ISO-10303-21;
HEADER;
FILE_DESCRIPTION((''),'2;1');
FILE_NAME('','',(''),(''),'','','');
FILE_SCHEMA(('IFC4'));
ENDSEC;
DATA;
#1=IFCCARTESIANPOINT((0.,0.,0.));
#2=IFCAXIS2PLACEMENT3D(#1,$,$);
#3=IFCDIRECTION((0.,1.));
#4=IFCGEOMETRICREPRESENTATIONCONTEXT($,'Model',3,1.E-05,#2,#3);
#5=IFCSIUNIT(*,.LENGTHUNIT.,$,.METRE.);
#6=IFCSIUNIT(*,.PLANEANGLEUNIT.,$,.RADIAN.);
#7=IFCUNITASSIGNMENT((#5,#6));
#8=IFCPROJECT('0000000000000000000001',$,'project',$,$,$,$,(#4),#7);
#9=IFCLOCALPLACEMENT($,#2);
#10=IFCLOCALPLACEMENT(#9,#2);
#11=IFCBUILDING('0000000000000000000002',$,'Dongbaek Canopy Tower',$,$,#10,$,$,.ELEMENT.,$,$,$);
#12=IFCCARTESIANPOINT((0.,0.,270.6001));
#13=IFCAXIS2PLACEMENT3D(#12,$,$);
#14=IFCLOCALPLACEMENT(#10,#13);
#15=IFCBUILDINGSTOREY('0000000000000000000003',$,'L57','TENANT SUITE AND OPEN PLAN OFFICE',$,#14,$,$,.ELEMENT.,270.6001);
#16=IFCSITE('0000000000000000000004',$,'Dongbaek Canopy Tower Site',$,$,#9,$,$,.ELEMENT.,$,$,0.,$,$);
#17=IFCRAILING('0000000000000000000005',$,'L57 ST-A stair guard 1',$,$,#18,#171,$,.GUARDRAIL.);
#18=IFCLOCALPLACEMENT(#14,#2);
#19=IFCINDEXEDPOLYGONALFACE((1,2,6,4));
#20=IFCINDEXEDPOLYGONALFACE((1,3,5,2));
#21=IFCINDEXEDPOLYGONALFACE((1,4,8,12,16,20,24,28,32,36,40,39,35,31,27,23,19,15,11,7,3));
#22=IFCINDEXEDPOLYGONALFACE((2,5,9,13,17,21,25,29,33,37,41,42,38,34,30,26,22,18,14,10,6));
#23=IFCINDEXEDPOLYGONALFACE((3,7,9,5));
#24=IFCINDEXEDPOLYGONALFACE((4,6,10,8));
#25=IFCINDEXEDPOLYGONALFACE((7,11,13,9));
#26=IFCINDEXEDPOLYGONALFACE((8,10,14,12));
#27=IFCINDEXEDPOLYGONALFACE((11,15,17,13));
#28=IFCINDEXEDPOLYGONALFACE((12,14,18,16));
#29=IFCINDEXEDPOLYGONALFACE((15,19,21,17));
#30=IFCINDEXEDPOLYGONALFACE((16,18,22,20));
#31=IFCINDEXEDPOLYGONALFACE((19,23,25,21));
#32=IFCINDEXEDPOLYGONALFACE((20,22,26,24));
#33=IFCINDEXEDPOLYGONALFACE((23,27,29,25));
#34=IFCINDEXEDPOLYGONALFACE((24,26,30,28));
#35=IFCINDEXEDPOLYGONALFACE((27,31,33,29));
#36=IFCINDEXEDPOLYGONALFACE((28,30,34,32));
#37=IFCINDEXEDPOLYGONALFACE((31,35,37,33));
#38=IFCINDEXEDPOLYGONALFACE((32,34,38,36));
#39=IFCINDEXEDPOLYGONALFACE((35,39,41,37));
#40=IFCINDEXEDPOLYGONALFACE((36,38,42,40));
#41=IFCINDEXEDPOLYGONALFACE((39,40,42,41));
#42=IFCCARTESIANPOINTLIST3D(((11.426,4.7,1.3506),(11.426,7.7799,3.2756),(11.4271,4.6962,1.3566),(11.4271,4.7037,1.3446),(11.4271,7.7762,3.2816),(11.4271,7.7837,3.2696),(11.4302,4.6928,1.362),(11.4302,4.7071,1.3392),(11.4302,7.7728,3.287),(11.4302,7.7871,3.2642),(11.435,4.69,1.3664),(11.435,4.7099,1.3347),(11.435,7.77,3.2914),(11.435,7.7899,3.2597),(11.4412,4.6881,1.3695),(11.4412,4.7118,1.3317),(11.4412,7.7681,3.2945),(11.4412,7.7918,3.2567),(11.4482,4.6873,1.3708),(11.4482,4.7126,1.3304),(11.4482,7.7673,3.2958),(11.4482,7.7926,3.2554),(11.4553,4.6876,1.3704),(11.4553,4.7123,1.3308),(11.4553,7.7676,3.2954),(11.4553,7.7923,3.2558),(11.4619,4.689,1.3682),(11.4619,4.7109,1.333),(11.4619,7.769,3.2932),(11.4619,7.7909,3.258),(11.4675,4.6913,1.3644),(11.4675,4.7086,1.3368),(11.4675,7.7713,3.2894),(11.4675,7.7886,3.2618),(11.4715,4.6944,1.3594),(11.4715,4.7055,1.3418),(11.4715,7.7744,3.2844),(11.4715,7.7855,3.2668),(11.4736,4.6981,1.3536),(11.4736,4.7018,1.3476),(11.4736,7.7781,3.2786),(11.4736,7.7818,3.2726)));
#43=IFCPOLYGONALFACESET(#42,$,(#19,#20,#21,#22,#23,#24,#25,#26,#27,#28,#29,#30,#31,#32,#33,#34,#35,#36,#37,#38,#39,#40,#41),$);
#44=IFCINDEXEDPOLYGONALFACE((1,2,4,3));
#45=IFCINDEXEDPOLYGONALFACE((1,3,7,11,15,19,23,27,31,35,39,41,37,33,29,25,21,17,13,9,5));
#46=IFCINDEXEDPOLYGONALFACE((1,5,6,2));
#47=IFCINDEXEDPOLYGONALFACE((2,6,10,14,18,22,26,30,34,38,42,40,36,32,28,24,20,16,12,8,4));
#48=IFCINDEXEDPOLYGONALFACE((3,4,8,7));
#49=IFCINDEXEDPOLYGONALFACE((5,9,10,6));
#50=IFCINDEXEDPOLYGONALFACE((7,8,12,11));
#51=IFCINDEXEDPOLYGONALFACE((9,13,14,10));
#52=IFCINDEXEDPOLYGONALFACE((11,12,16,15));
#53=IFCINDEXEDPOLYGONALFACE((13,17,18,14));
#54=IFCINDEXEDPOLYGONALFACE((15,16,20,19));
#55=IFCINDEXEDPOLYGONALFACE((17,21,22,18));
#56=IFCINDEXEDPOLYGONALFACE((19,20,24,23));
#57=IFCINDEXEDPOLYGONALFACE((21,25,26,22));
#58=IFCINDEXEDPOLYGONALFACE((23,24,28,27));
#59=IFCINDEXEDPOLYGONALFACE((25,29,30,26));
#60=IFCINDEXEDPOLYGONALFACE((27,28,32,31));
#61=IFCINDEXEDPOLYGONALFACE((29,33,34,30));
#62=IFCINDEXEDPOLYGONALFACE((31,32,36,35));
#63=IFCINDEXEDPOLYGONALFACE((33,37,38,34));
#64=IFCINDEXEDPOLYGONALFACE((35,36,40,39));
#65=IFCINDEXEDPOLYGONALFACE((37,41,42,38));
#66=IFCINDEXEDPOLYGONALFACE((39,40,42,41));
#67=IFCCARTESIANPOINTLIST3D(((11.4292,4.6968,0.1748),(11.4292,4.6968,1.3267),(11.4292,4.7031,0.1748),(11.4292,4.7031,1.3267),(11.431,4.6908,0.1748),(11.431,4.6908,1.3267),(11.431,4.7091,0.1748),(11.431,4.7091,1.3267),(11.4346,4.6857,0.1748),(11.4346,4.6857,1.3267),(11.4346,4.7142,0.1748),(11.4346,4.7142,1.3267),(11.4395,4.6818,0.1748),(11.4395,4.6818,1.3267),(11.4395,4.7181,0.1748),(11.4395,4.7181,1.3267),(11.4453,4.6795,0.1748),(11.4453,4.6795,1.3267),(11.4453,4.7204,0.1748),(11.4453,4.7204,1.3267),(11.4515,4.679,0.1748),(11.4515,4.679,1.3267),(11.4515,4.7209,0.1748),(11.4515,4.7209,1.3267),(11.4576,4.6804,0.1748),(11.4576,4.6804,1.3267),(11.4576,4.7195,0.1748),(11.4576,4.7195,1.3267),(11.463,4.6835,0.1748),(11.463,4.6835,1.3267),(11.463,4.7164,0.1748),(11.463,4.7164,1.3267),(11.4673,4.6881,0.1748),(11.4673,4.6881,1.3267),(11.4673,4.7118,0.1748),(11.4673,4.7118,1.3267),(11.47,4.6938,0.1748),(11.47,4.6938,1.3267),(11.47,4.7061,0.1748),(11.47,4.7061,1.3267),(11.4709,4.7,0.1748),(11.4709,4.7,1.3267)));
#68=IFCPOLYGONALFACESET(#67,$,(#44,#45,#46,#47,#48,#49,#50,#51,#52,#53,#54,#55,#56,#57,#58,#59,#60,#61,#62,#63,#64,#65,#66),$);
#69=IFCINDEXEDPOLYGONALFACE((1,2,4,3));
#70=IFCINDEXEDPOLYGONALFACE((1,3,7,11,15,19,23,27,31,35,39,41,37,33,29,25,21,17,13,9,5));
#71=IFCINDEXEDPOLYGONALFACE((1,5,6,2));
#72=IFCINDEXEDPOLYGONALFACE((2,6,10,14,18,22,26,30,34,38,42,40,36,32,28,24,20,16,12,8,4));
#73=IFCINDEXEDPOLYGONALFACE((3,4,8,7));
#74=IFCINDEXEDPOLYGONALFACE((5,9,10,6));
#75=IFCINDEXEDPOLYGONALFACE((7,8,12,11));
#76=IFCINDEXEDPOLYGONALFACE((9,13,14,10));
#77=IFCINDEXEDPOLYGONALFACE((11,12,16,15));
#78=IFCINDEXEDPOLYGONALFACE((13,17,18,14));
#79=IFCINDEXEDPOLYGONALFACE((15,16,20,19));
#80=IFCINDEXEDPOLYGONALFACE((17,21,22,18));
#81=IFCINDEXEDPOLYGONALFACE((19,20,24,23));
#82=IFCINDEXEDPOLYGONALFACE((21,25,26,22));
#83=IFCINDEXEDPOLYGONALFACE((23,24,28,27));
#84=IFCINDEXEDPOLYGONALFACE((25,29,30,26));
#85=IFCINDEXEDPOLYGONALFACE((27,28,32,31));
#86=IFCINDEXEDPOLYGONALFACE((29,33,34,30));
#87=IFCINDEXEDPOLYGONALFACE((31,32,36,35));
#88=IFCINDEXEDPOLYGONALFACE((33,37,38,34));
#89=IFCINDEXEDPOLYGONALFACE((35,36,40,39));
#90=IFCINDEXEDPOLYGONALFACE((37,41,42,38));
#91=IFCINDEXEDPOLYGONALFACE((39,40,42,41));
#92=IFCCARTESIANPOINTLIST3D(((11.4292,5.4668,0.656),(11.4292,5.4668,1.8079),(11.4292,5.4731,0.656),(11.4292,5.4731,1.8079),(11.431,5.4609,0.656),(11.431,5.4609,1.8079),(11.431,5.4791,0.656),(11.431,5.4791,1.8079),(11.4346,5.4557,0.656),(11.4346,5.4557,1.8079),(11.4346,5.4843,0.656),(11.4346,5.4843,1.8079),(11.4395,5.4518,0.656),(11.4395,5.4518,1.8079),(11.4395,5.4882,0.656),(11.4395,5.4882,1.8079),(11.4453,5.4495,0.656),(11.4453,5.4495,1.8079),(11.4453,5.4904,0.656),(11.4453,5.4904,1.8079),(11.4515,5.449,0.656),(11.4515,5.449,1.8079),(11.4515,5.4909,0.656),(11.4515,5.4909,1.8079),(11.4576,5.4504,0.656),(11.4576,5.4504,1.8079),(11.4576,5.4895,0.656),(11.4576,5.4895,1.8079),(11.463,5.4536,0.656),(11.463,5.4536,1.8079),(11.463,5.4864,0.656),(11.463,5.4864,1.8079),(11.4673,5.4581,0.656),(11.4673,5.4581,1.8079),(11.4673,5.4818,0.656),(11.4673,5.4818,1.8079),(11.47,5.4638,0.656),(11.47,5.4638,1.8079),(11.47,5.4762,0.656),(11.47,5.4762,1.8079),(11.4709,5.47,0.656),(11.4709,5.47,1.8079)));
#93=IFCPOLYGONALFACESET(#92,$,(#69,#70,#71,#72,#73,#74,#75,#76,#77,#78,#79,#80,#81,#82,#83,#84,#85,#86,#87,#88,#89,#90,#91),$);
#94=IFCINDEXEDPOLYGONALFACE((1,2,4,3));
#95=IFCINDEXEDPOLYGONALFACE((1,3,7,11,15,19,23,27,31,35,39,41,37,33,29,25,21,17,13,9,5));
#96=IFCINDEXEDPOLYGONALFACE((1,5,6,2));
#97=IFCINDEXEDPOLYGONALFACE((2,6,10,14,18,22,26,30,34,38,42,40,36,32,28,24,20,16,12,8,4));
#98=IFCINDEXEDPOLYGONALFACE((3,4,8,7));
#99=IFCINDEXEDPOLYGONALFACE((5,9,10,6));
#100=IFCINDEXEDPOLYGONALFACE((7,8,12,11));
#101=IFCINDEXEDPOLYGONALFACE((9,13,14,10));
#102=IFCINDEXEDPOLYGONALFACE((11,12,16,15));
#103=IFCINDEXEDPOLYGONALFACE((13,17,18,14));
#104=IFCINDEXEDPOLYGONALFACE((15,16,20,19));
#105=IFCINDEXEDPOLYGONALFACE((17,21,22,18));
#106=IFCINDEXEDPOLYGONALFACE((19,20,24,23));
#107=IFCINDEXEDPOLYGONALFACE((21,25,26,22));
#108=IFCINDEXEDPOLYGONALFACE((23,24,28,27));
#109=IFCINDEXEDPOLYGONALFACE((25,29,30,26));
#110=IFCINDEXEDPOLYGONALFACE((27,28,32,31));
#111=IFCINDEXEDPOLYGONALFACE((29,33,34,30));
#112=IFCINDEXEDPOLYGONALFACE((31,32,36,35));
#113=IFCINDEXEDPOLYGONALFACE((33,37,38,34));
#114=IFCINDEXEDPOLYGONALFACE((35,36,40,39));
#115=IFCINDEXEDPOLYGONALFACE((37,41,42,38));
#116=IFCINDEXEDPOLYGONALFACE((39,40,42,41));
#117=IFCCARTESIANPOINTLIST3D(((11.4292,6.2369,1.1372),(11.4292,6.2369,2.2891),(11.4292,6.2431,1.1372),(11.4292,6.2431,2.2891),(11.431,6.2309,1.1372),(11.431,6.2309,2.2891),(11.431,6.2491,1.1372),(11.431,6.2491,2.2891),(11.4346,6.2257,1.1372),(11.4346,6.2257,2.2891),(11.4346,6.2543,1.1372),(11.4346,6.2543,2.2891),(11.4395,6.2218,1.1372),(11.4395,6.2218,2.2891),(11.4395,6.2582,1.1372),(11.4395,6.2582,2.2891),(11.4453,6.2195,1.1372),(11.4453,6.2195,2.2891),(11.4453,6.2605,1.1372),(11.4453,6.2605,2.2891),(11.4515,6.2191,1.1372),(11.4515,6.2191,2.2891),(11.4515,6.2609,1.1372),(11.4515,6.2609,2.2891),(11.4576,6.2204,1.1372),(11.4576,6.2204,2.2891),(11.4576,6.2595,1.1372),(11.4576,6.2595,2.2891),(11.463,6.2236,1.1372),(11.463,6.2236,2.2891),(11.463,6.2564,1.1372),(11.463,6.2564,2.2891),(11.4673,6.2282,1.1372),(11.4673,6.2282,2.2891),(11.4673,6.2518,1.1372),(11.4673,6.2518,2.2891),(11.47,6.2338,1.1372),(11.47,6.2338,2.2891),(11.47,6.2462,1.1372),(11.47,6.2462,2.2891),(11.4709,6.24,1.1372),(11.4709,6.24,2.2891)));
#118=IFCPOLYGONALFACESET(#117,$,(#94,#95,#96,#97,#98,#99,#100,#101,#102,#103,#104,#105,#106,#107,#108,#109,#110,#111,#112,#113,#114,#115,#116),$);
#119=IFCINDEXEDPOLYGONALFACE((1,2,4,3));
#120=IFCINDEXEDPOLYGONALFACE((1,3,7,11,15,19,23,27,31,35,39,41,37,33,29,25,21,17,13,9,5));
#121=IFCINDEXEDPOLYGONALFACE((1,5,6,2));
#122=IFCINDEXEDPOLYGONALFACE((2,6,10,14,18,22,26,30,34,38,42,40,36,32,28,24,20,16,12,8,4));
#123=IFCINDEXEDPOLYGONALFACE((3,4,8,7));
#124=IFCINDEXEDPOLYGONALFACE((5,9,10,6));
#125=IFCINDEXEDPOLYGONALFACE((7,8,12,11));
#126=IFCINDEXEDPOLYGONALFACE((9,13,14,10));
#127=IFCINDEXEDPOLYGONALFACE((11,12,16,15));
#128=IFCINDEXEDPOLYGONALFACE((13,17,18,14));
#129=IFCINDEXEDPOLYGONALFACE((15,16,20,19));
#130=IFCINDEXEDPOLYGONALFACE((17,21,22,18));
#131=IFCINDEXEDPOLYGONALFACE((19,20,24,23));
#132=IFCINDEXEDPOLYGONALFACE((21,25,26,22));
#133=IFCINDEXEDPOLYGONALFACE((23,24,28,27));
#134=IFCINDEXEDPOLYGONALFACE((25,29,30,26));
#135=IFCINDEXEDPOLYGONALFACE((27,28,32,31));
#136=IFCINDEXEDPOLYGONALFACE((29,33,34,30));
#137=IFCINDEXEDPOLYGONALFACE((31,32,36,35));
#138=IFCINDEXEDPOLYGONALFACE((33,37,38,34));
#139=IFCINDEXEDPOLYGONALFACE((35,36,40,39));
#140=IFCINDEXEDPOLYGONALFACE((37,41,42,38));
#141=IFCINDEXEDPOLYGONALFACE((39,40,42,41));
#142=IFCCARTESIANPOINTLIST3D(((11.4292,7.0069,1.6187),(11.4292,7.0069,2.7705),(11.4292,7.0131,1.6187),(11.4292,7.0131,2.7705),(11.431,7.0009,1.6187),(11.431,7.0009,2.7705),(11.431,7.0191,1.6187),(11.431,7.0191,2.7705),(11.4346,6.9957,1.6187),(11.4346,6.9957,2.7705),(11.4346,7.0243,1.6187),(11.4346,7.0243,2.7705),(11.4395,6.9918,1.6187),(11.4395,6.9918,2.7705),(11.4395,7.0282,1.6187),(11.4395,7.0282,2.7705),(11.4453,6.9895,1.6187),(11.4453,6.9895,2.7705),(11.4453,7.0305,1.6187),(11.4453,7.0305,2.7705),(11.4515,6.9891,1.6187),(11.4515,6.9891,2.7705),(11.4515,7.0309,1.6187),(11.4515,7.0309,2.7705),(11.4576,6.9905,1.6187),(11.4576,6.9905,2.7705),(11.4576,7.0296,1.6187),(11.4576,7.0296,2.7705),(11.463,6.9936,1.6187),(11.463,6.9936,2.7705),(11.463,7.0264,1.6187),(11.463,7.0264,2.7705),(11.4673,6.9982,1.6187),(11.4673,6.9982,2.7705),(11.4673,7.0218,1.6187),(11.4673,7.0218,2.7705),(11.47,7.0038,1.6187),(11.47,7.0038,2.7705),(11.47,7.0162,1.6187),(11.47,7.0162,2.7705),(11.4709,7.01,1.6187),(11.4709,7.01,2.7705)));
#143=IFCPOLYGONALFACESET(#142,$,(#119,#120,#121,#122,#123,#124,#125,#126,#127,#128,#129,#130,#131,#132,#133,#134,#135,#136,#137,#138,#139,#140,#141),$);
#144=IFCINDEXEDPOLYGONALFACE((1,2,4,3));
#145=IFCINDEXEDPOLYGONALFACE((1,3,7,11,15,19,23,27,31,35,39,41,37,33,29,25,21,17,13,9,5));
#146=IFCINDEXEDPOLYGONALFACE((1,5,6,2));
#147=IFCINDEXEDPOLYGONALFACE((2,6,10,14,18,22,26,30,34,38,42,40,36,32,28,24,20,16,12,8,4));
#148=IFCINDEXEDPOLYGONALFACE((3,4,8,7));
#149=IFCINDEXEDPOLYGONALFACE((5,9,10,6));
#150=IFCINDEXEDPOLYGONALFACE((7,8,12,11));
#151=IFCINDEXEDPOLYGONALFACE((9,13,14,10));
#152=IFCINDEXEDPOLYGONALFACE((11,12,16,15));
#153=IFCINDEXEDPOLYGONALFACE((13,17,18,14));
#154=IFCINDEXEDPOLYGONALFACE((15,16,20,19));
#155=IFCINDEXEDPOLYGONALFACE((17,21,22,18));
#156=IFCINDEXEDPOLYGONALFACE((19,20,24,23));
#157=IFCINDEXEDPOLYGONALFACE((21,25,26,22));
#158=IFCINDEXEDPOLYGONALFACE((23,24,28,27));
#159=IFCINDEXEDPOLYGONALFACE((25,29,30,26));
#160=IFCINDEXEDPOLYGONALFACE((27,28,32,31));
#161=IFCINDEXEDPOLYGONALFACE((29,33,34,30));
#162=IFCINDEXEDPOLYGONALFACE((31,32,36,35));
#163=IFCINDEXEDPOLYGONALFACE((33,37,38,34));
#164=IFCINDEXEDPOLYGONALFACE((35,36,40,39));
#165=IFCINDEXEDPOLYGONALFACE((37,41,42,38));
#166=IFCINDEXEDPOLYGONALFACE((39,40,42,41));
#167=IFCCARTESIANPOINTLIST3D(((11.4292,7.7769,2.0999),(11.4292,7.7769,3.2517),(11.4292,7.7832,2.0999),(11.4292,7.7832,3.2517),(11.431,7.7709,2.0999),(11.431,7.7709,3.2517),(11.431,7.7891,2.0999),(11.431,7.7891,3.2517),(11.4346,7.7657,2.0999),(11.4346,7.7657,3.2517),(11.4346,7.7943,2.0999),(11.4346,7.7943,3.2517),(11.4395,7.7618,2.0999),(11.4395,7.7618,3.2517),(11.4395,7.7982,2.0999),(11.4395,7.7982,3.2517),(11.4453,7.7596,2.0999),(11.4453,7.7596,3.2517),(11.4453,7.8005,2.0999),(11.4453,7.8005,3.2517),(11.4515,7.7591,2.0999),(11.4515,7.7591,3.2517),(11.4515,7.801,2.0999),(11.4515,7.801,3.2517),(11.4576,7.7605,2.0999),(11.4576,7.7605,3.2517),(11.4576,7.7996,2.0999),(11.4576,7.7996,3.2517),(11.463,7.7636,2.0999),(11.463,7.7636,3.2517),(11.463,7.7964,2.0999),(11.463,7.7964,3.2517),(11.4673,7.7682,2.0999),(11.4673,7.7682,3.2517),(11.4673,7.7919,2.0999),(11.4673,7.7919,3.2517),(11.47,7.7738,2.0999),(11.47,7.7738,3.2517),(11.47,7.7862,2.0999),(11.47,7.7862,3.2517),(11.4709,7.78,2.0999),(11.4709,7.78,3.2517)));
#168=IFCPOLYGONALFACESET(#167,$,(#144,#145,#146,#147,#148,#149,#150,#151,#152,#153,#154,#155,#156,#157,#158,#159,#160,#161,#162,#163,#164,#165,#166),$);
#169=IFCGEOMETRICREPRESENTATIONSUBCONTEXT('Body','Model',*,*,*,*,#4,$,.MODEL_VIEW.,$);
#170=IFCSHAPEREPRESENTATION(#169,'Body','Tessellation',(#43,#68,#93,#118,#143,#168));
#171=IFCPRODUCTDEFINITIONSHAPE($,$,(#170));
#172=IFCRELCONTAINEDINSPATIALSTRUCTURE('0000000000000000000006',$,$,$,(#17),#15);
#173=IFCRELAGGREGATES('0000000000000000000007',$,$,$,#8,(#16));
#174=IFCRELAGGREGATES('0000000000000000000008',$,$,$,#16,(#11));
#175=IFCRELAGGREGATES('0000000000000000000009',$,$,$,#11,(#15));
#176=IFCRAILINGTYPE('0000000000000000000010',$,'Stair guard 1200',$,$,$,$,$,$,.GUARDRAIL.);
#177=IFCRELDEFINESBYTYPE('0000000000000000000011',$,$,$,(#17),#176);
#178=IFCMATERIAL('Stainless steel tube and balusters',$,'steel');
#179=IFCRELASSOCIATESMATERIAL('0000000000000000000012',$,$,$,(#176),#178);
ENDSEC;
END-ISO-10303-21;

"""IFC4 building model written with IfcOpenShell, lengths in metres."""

from ifc_helpers import new_model, si_unit, direction, frame, origin, origin_2d, place, context, subcontext, project, spatial, circle, extrude, material, type_object, element, save


model = new_model("IFC4")

# Units and contexts
model_context = context("Model", 3, precision=1e-05, world=origin(), true_north=direction((0.0, 1.0)))
body_context = subcontext(model_context, "Body", "Model", "MODEL_VIEW")
ifc_project = project(units=[si_unit("LENGTHUNIT", "METRE"), si_unit("PLANEANGLEUNIT", "RADIAN")], contexts=[model_context])

# Site, building, storey
site_placement = place(None, origin())
site = spatial("IfcSite", under=ifc_project, at=site_placement, Name="Dongbaek Canopy Tower Site", CompositionType="ELEMENT", RefElevation=0.0)
building_placement = place(site_placement, origin())
building = spatial("IfcBuilding", under=site, at=building_placement, Name="Dongbaek Canopy Tower", CompositionType="ELEMENT")
storey_placement = place(building_placement, frame((0.0, 0.0, 270.6001)))
storey = spatial("IfcBuildingStorey", under=building, at=storey_placement, Name="L57", Description="TENANT SUITE AND OPEN PLAN OFFICE", CompositionType="ELEMENT", Elevation=270.6001)

# Railing
ifc_material_1 = material(Name="Stainless steel tube and balusters", Category="steel")
railing_type_1 = type_object("IfcRailingType", Name="Stair guard 1200", PredefinedType="GUARDRAIL", material=ifc_material_1)
railing_1_placement = place(storey_placement, frame((11.45, 4.7, 0.1748)))
element("IfcRailing", 1, at=railing_1_placement, inside=storey, type_object=railing_type_1, Name="L57 ST-A stair guard 1", PredefinedType="GUARDRAIL", context=body_context, shape_type="SweptSolid", body=[
    extrude(circle(Radius=0.0239, at=origin_2d()), frame((0.0, 0.0, 1.1758), z_axis=(0.0, 0.847998, 0.529999), x_axis=(-1.0, 0.0, 0.0)), (0.0, 0.0, 1.0), 3.6321),
    extrude(circle(Radius=0.021, at=origin_2d()), origin(), (0.0, 0.0, 1.0), 1.1519),
    extrude(circle(Radius=0.021, at=origin_2d()), frame((0.0, 0.77, 0.4812)), (0.0, 0.0, 1.0), 1.1519),
    extrude(circle(Radius=0.021, at=origin_2d()), frame((0.0, 1.54, 0.9624)), (0.0, 0.0, 1.0), 1.1519),
    extrude(circle(Radius=0.021, at=origin_2d()), frame((0.0, 2.3101, 1.4438)), (0.0, 0.0, 1.0), 1.1519),
    extrude(circle(Radius=0.021, at=origin_2d()), frame((0.0, 3.0801, 1.925)), (0.0, 0.0, 1.0), 1.1519),
])

save(model, "model.ifc")
